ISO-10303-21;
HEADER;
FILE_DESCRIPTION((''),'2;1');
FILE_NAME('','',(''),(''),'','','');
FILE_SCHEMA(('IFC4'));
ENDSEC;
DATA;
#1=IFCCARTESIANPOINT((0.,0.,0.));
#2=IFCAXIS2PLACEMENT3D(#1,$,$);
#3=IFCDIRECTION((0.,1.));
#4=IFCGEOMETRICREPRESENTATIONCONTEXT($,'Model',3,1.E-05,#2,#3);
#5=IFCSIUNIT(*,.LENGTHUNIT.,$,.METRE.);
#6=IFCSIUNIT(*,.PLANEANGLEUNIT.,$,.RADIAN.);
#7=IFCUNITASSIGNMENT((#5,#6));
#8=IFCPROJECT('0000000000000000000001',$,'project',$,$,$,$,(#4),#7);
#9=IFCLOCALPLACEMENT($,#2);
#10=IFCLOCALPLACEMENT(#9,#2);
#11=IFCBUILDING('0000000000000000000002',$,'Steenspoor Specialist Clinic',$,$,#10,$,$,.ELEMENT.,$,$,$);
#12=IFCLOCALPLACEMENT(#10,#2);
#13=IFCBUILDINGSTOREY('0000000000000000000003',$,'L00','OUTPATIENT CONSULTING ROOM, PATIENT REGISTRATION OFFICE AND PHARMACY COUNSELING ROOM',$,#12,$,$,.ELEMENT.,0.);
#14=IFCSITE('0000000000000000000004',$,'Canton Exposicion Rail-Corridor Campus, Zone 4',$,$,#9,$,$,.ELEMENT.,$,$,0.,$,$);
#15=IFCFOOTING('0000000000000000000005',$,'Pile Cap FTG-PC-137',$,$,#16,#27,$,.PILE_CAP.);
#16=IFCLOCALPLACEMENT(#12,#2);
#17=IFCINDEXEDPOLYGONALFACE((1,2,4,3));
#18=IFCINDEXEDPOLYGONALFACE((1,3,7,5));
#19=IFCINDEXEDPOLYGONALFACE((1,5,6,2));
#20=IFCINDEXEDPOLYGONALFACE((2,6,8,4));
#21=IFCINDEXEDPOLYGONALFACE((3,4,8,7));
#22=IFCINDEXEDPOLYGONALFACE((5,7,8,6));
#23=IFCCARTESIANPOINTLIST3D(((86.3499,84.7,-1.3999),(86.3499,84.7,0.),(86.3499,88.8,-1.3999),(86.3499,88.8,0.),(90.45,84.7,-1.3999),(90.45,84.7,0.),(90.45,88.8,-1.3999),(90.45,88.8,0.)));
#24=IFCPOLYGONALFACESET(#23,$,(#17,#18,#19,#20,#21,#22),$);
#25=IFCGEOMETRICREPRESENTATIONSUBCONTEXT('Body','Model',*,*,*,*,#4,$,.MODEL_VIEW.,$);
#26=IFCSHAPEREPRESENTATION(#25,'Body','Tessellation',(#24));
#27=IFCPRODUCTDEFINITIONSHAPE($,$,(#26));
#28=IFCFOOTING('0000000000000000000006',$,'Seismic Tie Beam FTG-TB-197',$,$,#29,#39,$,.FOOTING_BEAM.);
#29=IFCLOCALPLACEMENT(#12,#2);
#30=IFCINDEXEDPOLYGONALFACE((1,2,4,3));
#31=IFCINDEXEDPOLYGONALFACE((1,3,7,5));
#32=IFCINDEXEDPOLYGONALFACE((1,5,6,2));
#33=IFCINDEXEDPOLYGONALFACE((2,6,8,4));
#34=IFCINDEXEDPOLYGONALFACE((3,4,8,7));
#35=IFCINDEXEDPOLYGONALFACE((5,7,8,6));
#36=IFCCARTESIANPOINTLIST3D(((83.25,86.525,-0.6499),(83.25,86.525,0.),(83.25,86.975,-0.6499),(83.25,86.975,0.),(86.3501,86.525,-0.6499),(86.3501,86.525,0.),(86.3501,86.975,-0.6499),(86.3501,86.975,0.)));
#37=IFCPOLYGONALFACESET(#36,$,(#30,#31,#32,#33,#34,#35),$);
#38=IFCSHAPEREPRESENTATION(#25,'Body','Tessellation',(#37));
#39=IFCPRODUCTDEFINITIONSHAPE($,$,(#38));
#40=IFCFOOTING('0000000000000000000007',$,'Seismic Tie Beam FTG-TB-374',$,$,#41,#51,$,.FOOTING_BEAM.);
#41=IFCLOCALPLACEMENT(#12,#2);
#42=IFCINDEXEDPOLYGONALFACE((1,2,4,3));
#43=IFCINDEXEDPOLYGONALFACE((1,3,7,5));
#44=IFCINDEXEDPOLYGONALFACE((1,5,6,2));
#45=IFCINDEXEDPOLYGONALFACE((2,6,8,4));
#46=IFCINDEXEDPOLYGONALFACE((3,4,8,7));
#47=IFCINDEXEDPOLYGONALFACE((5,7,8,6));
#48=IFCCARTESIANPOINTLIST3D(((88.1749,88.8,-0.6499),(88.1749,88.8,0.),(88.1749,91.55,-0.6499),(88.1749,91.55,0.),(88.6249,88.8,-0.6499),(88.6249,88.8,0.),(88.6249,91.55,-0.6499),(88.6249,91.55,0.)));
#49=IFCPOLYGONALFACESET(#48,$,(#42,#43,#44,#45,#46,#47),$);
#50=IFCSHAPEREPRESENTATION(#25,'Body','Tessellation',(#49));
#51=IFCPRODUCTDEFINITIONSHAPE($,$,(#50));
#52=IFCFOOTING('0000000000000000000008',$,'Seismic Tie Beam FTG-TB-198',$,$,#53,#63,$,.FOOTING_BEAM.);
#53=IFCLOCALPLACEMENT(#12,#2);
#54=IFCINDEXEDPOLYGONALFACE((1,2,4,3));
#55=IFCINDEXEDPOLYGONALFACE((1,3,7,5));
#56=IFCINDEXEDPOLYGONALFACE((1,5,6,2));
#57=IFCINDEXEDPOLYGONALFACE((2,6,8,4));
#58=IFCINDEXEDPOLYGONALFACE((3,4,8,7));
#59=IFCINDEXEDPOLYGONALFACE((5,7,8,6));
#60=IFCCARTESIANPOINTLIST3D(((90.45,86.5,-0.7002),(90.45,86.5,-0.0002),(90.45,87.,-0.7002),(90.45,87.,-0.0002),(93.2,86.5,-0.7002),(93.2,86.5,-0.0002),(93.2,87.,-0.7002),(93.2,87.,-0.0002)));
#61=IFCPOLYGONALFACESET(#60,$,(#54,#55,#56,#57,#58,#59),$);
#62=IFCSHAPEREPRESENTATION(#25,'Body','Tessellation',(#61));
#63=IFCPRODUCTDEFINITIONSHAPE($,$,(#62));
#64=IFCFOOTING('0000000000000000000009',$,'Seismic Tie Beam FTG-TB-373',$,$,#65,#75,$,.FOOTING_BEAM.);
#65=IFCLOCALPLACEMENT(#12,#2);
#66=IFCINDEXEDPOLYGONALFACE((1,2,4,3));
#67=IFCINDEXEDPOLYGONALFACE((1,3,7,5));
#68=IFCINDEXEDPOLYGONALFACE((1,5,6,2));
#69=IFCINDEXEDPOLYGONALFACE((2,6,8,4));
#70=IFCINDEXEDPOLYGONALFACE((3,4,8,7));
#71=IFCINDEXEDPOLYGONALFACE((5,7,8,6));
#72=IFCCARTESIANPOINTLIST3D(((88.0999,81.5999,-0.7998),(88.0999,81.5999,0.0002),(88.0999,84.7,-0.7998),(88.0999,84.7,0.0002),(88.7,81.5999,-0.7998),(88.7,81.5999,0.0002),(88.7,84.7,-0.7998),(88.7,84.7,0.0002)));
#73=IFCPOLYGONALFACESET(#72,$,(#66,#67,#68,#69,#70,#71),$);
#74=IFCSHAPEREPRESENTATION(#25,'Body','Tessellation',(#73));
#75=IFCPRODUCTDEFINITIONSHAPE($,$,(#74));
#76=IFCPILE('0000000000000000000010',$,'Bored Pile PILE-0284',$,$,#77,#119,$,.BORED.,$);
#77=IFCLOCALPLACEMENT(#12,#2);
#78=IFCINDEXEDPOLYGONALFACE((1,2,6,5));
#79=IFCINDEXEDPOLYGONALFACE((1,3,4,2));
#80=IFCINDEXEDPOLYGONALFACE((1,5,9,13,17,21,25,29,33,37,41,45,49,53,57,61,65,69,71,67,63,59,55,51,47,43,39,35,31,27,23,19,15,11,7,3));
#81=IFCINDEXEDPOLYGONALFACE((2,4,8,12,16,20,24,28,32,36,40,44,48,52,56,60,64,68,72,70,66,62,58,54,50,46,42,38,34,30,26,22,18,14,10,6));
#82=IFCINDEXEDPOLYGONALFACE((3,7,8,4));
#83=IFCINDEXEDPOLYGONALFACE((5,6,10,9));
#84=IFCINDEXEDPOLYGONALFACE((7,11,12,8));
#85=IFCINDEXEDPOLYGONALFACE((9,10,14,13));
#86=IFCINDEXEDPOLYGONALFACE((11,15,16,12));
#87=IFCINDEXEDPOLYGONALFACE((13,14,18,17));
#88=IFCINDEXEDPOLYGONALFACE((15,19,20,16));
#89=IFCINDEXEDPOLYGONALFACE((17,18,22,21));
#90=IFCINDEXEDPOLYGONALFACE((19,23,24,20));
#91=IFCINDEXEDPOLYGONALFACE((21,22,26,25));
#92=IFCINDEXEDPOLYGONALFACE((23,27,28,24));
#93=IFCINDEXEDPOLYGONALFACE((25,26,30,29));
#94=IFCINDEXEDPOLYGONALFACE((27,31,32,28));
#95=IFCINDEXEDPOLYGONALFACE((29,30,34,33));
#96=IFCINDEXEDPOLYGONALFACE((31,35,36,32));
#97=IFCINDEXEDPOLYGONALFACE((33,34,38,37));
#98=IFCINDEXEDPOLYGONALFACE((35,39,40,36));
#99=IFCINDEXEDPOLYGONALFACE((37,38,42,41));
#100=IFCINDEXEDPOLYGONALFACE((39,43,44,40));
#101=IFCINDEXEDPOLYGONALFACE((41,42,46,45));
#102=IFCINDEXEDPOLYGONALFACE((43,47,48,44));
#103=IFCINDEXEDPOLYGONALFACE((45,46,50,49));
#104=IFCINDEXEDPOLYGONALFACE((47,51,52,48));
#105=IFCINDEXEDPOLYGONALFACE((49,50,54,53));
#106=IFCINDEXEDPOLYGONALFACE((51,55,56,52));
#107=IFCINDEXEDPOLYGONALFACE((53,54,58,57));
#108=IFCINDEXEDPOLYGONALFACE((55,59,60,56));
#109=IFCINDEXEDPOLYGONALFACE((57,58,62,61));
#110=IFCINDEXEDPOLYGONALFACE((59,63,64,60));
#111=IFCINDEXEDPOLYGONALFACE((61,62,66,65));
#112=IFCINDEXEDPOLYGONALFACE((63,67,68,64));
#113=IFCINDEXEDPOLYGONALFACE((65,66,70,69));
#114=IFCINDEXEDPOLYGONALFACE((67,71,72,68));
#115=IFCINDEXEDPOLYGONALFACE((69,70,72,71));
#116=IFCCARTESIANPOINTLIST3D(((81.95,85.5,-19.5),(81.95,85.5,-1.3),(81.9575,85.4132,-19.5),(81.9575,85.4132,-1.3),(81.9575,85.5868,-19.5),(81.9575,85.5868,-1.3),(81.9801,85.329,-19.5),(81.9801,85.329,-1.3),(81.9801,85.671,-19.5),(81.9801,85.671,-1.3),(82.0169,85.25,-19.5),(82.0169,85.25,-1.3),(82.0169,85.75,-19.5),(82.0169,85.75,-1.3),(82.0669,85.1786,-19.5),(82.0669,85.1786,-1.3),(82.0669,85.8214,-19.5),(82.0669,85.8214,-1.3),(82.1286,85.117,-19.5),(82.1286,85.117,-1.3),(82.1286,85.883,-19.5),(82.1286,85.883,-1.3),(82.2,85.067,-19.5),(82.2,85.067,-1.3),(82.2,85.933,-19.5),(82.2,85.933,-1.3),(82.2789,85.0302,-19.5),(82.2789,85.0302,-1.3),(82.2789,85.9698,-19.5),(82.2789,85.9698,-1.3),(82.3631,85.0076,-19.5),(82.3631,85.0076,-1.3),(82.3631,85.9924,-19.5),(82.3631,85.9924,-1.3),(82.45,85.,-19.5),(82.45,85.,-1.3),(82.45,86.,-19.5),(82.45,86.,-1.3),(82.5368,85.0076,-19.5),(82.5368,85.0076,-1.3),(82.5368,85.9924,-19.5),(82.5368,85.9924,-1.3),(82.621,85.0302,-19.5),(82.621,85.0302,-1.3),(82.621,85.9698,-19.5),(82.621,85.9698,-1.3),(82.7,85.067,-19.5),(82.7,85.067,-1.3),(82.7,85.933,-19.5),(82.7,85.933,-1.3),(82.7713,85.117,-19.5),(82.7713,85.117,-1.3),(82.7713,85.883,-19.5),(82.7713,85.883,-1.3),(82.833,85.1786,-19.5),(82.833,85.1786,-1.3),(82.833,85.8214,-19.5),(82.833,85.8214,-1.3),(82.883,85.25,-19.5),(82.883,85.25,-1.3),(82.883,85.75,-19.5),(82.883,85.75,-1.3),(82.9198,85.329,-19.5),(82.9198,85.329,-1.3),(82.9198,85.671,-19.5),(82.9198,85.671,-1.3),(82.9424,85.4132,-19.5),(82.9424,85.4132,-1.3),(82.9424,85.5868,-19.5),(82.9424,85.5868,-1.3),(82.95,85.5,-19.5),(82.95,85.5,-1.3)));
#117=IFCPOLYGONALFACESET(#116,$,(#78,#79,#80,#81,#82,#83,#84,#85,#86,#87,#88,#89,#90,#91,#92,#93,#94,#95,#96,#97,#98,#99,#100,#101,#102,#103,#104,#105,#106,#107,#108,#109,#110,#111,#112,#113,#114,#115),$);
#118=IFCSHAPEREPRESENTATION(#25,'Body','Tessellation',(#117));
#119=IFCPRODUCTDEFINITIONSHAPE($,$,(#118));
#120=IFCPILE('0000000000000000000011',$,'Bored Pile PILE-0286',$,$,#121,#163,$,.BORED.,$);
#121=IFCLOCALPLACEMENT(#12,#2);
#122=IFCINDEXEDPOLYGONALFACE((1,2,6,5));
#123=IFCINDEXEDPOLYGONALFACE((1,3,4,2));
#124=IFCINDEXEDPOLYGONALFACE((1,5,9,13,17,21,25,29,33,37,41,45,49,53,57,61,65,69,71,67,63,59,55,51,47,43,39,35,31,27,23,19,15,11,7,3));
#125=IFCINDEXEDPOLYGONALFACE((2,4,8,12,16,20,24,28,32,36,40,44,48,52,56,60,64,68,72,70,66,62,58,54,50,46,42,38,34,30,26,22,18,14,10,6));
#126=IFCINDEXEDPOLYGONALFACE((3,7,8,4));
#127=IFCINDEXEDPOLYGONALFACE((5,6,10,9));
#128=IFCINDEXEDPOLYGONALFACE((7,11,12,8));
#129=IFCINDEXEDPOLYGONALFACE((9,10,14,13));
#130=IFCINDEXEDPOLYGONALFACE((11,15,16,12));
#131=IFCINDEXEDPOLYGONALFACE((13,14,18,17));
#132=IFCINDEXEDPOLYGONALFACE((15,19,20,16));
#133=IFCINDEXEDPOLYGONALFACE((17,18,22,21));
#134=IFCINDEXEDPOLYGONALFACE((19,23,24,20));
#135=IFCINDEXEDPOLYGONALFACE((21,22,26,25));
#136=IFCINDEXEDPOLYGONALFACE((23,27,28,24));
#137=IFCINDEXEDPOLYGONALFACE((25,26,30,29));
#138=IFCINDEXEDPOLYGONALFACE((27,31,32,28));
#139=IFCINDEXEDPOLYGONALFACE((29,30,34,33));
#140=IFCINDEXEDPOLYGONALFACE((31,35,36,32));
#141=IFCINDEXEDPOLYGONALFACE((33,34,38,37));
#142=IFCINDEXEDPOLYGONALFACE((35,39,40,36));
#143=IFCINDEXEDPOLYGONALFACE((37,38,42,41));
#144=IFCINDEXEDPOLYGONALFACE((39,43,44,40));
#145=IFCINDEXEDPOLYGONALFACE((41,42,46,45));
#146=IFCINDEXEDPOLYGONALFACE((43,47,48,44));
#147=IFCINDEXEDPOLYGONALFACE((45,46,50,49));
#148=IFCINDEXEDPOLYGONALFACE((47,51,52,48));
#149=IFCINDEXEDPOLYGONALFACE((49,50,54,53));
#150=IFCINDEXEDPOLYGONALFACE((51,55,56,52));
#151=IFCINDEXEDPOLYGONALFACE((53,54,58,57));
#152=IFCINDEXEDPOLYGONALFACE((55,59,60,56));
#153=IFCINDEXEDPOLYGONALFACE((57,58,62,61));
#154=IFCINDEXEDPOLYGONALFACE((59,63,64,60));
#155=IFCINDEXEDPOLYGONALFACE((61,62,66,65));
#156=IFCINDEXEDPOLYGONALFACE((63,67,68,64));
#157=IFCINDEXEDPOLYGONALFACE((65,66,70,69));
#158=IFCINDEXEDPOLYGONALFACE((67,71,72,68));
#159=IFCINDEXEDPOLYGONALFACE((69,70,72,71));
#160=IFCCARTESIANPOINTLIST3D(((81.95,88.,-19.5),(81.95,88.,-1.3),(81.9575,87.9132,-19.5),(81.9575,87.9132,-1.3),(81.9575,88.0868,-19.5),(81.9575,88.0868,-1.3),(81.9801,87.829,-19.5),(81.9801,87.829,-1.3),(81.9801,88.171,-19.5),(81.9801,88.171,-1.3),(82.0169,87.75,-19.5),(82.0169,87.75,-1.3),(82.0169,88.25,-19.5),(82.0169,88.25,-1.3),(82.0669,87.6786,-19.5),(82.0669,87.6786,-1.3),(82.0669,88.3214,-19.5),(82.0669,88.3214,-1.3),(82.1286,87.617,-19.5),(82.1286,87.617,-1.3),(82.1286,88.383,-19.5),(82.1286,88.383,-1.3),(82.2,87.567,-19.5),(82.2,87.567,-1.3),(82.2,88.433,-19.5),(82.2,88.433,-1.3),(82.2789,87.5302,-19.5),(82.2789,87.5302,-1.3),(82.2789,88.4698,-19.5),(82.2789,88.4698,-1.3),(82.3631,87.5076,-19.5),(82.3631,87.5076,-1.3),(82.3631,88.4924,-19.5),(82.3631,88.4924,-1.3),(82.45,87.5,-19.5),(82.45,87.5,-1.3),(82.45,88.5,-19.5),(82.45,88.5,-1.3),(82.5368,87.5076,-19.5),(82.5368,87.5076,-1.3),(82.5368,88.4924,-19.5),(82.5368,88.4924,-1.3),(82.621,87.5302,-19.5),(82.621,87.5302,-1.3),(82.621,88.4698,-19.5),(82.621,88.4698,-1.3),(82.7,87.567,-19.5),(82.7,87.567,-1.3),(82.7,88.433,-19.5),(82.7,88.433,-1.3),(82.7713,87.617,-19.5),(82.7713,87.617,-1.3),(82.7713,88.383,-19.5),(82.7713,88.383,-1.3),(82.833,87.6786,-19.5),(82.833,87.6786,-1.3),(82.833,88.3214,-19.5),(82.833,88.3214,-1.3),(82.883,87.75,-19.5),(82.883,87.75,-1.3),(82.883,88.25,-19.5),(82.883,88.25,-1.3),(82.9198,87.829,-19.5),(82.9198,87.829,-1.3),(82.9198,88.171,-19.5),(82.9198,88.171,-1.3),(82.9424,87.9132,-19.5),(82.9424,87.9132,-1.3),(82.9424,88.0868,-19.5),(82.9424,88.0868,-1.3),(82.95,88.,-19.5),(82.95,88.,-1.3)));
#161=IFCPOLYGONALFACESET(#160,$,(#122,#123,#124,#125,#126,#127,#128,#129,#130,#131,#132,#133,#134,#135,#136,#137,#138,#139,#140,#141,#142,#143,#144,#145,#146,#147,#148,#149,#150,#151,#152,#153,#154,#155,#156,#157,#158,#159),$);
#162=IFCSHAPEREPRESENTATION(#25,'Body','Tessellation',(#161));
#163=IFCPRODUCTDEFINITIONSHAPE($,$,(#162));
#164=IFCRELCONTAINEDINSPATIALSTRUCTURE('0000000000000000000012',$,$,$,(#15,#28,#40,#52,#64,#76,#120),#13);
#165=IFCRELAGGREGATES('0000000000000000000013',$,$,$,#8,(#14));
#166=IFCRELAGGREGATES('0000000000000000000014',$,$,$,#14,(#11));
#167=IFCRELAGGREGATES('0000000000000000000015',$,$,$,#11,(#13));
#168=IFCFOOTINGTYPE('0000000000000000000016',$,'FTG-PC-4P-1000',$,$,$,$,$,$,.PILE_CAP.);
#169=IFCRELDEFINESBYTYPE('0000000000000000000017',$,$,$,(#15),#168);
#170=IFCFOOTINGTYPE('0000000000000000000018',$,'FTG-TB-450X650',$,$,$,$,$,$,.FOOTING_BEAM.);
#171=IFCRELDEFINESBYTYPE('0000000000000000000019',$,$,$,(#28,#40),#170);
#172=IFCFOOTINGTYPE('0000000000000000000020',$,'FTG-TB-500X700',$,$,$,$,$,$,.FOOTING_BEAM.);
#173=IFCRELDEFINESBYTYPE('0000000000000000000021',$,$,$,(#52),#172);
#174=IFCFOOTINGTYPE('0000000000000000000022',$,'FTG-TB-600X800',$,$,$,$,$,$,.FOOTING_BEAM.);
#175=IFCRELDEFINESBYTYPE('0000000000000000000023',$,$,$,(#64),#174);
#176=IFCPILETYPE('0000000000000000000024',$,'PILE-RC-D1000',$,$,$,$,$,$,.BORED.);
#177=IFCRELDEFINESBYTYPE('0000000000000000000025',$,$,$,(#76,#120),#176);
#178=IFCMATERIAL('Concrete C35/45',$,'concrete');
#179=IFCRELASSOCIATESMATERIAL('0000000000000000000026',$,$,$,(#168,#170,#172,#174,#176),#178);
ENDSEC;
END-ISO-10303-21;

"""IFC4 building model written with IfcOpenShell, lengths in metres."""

from ifc_helpers import new_model, si_unit, direction, frame, origin, origin_2d, place, context, subcontext, project, spatial, rectangle, circle, extrude, material, material_profile, profile_set, type_object, element, save


model = new_model("IFC4")

# Units and contexts
model_context = context("Model", 3, precision=1e-05, world=origin(), true_north=direction((0.0, 1.0)))
body_context = subcontext(model_context, "Body", "Model", "MODEL_VIEW")
ifc_project = project(units=[si_unit("LENGTHUNIT", "METRE"), si_unit("PLANEANGLEUNIT", "RADIAN")], contexts=[model_context])

# Site, building, storey
site_placement = place(None, origin())
site = spatial("IfcSite", under=ifc_project, at=site_placement, Name="Canton Exposicion Rail-Corridor Campus, Zone 4", CompositionType="ELEMENT", RefElevation=0.0)
building_placement = place(site_placement, origin())
building = spatial("IfcBuilding", under=site, at=building_placement, Name="Steenspoor Specialist Clinic", CompositionType="ELEMENT")
storey_placement = place(building_placement, origin())
storey = spatial("IfcBuildingStorey", under=building, at=storey_placement, Name="L00", Description="OUTPATIENT CONSULTING ROOM, PATIENT REGISTRATION OFFICE AND PHARMACY COUNSELING ROOM", CompositionType="ELEMENT", Elevation=0.0)

# Footings
ifc_material_1 = material(Name="Concrete C35/45", Category="concrete")
footing_type_1 = type_object("IfcFootingType", Name="FTG-PC-4P-1000", PredefinedType="PILE_CAP", material=ifc_material_1)
footing_1_placement = place(storey_placement, frame((88.3999, 86.75, -1.3999), z_axis=(0.0, 0.0, 1.0), x_axis=(1.0, 0.0, 0.0)))
element("IfcFooting", 1, at=footing_1_placement, inside=storey, type_object=footing_type_1, Name="Pile Cap FTG-PC-137", PredefinedType="PILE_CAP", context=body_context, shape_type="SweptSolid", body=[
    extrude(rectangle(XDim=4.1001, YDim=4.1001, at=origin_2d()), origin(), (0.0, 0.0, 1.0), 1.3999),
])
footing_type_2 = type_object("IfcFootingType", Name="FTG-TB-450X650", PredefinedType="FOOTING_BEAM", material=ifc_material_1)
footing_2_placement = place(storey_placement, frame((84.8, 86.75, -0.6499), z_axis=(0.0, 0.0, 1.0), x_axis=(1.0, 0.0, 0.0)))
element("IfcFooting", 2, at=footing_2_placement, inside=storey, type_object=footing_type_2, Name="Seismic Tie Beam FTG-TB-197", PredefinedType="FOOTING_BEAM", context=body_context, shape_type="SweptSolid", body=[
    extrude(rectangle(XDim=3.1001, YDim=0.45, at=origin_2d()), origin(), (0.0, 0.0, 1.0), 0.6499),
])
footing_3_placement = place(storey_placement, frame((88.3999, 90.175, -0.6499), z_axis=(0.0, 0.0, 1.0), x_axis=(1.0, 0.0, 0.0)))
element("IfcFooting", 3, at=footing_3_placement, inside=storey, type_object=footing_type_2, Name="Seismic Tie Beam FTG-TB-374", PredefinedType="FOOTING_BEAM", context=body_context, shape_type="SweptSolid", body=[
    extrude(rectangle(XDim=0.45, YDim=2.75, at=origin_2d()), origin(), (0.0, 0.0, 1.0), 0.6499),
])
footing_type_3 = type_object("IfcFootingType", Name="FTG-TB-500X700", PredefinedType="FOOTING_BEAM", material=ifc_material_1)
footing_4_placement = place(storey_placement, frame((91.825, 86.75, -0.7002), z_axis=(0.0, 0.0, 1.0), x_axis=(1.0, 0.0, 0.0)))
element("IfcFooting", 4, at=footing_4_placement, inside=storey, type_object=footing_type_3, Name="Seismic Tie Beam FTG-TB-198", PredefinedType="FOOTING_BEAM", context=body_context, shape_type="SweptSolid", body=[
    extrude(rectangle(XDim=2.75, YDim=0.5, at=origin_2d()), origin(), (0.0, 0.0, 1.0), 0.7),
])
footing_type_4 = type_object("IfcFootingType", Name="FTG-TB-600X800", PredefinedType="FOOTING_BEAM", material=ifc_material_1)
footing_5_placement = place(storey_placement, frame((88.3999, 83.1499, -0.7998), z_axis=(0.0, 0.0, 1.0), x_axis=(1.0, 0.0, 0.0)))
element("IfcFooting", 5, at=footing_5_placement, inside=storey, type_object=footing_type_4, Name="Seismic Tie Beam FTG-TB-373", PredefinedType="FOOTING_BEAM", context=body_context, shape_type="SweptSolid", body=[
    extrude(rectangle(XDim=0.6001, YDim=3.1001, at=origin_2d()), origin(), (0.0, 0.0, 1.0), 0.8),
])

# Piles
ifc_material_profile_1 = material_profile(ifc_material_1, circle(Radius=0.5, at=origin_2d()), Name="PILE-D1000")
ifc_profile_set_1 = profile_set([ifc_material_profile_1], Name="Concrete C35/45")
pile_type_1 = type_object("IfcPileType", Name="PILE-RC-D1000", PredefinedType="BORED", material=ifc_profile_set_1)
for number, where, z_axis, x_axis, name in (
    (6, (82.45, 85.5, -1.3), (0.0, 0.0, -1.0), (1.0, 0.0, 0.0), "Bored Pile PILE-0284"),
    (7, (82.45, 88.0, -1.3), (0.0, 0.0, -1.0), (1.0, 0.0, 0.0), "Bored Pile PILE-0286"),
):
    element("IfcPile", number, at=place(storey_placement, frame(where, z_axis=z_axis, x_axis=x_axis)), inside=storey, type_object=pile_type_1, Name=name, PredefinedType="BORED", context=body_context, shape_type="SweptSolid", body=[
        extrude(circle(Radius=0.5, at=origin_2d()), origin(), (0.0, 0.0, 1.0), 18.2),
    ])

save(model, "model.ifc")
